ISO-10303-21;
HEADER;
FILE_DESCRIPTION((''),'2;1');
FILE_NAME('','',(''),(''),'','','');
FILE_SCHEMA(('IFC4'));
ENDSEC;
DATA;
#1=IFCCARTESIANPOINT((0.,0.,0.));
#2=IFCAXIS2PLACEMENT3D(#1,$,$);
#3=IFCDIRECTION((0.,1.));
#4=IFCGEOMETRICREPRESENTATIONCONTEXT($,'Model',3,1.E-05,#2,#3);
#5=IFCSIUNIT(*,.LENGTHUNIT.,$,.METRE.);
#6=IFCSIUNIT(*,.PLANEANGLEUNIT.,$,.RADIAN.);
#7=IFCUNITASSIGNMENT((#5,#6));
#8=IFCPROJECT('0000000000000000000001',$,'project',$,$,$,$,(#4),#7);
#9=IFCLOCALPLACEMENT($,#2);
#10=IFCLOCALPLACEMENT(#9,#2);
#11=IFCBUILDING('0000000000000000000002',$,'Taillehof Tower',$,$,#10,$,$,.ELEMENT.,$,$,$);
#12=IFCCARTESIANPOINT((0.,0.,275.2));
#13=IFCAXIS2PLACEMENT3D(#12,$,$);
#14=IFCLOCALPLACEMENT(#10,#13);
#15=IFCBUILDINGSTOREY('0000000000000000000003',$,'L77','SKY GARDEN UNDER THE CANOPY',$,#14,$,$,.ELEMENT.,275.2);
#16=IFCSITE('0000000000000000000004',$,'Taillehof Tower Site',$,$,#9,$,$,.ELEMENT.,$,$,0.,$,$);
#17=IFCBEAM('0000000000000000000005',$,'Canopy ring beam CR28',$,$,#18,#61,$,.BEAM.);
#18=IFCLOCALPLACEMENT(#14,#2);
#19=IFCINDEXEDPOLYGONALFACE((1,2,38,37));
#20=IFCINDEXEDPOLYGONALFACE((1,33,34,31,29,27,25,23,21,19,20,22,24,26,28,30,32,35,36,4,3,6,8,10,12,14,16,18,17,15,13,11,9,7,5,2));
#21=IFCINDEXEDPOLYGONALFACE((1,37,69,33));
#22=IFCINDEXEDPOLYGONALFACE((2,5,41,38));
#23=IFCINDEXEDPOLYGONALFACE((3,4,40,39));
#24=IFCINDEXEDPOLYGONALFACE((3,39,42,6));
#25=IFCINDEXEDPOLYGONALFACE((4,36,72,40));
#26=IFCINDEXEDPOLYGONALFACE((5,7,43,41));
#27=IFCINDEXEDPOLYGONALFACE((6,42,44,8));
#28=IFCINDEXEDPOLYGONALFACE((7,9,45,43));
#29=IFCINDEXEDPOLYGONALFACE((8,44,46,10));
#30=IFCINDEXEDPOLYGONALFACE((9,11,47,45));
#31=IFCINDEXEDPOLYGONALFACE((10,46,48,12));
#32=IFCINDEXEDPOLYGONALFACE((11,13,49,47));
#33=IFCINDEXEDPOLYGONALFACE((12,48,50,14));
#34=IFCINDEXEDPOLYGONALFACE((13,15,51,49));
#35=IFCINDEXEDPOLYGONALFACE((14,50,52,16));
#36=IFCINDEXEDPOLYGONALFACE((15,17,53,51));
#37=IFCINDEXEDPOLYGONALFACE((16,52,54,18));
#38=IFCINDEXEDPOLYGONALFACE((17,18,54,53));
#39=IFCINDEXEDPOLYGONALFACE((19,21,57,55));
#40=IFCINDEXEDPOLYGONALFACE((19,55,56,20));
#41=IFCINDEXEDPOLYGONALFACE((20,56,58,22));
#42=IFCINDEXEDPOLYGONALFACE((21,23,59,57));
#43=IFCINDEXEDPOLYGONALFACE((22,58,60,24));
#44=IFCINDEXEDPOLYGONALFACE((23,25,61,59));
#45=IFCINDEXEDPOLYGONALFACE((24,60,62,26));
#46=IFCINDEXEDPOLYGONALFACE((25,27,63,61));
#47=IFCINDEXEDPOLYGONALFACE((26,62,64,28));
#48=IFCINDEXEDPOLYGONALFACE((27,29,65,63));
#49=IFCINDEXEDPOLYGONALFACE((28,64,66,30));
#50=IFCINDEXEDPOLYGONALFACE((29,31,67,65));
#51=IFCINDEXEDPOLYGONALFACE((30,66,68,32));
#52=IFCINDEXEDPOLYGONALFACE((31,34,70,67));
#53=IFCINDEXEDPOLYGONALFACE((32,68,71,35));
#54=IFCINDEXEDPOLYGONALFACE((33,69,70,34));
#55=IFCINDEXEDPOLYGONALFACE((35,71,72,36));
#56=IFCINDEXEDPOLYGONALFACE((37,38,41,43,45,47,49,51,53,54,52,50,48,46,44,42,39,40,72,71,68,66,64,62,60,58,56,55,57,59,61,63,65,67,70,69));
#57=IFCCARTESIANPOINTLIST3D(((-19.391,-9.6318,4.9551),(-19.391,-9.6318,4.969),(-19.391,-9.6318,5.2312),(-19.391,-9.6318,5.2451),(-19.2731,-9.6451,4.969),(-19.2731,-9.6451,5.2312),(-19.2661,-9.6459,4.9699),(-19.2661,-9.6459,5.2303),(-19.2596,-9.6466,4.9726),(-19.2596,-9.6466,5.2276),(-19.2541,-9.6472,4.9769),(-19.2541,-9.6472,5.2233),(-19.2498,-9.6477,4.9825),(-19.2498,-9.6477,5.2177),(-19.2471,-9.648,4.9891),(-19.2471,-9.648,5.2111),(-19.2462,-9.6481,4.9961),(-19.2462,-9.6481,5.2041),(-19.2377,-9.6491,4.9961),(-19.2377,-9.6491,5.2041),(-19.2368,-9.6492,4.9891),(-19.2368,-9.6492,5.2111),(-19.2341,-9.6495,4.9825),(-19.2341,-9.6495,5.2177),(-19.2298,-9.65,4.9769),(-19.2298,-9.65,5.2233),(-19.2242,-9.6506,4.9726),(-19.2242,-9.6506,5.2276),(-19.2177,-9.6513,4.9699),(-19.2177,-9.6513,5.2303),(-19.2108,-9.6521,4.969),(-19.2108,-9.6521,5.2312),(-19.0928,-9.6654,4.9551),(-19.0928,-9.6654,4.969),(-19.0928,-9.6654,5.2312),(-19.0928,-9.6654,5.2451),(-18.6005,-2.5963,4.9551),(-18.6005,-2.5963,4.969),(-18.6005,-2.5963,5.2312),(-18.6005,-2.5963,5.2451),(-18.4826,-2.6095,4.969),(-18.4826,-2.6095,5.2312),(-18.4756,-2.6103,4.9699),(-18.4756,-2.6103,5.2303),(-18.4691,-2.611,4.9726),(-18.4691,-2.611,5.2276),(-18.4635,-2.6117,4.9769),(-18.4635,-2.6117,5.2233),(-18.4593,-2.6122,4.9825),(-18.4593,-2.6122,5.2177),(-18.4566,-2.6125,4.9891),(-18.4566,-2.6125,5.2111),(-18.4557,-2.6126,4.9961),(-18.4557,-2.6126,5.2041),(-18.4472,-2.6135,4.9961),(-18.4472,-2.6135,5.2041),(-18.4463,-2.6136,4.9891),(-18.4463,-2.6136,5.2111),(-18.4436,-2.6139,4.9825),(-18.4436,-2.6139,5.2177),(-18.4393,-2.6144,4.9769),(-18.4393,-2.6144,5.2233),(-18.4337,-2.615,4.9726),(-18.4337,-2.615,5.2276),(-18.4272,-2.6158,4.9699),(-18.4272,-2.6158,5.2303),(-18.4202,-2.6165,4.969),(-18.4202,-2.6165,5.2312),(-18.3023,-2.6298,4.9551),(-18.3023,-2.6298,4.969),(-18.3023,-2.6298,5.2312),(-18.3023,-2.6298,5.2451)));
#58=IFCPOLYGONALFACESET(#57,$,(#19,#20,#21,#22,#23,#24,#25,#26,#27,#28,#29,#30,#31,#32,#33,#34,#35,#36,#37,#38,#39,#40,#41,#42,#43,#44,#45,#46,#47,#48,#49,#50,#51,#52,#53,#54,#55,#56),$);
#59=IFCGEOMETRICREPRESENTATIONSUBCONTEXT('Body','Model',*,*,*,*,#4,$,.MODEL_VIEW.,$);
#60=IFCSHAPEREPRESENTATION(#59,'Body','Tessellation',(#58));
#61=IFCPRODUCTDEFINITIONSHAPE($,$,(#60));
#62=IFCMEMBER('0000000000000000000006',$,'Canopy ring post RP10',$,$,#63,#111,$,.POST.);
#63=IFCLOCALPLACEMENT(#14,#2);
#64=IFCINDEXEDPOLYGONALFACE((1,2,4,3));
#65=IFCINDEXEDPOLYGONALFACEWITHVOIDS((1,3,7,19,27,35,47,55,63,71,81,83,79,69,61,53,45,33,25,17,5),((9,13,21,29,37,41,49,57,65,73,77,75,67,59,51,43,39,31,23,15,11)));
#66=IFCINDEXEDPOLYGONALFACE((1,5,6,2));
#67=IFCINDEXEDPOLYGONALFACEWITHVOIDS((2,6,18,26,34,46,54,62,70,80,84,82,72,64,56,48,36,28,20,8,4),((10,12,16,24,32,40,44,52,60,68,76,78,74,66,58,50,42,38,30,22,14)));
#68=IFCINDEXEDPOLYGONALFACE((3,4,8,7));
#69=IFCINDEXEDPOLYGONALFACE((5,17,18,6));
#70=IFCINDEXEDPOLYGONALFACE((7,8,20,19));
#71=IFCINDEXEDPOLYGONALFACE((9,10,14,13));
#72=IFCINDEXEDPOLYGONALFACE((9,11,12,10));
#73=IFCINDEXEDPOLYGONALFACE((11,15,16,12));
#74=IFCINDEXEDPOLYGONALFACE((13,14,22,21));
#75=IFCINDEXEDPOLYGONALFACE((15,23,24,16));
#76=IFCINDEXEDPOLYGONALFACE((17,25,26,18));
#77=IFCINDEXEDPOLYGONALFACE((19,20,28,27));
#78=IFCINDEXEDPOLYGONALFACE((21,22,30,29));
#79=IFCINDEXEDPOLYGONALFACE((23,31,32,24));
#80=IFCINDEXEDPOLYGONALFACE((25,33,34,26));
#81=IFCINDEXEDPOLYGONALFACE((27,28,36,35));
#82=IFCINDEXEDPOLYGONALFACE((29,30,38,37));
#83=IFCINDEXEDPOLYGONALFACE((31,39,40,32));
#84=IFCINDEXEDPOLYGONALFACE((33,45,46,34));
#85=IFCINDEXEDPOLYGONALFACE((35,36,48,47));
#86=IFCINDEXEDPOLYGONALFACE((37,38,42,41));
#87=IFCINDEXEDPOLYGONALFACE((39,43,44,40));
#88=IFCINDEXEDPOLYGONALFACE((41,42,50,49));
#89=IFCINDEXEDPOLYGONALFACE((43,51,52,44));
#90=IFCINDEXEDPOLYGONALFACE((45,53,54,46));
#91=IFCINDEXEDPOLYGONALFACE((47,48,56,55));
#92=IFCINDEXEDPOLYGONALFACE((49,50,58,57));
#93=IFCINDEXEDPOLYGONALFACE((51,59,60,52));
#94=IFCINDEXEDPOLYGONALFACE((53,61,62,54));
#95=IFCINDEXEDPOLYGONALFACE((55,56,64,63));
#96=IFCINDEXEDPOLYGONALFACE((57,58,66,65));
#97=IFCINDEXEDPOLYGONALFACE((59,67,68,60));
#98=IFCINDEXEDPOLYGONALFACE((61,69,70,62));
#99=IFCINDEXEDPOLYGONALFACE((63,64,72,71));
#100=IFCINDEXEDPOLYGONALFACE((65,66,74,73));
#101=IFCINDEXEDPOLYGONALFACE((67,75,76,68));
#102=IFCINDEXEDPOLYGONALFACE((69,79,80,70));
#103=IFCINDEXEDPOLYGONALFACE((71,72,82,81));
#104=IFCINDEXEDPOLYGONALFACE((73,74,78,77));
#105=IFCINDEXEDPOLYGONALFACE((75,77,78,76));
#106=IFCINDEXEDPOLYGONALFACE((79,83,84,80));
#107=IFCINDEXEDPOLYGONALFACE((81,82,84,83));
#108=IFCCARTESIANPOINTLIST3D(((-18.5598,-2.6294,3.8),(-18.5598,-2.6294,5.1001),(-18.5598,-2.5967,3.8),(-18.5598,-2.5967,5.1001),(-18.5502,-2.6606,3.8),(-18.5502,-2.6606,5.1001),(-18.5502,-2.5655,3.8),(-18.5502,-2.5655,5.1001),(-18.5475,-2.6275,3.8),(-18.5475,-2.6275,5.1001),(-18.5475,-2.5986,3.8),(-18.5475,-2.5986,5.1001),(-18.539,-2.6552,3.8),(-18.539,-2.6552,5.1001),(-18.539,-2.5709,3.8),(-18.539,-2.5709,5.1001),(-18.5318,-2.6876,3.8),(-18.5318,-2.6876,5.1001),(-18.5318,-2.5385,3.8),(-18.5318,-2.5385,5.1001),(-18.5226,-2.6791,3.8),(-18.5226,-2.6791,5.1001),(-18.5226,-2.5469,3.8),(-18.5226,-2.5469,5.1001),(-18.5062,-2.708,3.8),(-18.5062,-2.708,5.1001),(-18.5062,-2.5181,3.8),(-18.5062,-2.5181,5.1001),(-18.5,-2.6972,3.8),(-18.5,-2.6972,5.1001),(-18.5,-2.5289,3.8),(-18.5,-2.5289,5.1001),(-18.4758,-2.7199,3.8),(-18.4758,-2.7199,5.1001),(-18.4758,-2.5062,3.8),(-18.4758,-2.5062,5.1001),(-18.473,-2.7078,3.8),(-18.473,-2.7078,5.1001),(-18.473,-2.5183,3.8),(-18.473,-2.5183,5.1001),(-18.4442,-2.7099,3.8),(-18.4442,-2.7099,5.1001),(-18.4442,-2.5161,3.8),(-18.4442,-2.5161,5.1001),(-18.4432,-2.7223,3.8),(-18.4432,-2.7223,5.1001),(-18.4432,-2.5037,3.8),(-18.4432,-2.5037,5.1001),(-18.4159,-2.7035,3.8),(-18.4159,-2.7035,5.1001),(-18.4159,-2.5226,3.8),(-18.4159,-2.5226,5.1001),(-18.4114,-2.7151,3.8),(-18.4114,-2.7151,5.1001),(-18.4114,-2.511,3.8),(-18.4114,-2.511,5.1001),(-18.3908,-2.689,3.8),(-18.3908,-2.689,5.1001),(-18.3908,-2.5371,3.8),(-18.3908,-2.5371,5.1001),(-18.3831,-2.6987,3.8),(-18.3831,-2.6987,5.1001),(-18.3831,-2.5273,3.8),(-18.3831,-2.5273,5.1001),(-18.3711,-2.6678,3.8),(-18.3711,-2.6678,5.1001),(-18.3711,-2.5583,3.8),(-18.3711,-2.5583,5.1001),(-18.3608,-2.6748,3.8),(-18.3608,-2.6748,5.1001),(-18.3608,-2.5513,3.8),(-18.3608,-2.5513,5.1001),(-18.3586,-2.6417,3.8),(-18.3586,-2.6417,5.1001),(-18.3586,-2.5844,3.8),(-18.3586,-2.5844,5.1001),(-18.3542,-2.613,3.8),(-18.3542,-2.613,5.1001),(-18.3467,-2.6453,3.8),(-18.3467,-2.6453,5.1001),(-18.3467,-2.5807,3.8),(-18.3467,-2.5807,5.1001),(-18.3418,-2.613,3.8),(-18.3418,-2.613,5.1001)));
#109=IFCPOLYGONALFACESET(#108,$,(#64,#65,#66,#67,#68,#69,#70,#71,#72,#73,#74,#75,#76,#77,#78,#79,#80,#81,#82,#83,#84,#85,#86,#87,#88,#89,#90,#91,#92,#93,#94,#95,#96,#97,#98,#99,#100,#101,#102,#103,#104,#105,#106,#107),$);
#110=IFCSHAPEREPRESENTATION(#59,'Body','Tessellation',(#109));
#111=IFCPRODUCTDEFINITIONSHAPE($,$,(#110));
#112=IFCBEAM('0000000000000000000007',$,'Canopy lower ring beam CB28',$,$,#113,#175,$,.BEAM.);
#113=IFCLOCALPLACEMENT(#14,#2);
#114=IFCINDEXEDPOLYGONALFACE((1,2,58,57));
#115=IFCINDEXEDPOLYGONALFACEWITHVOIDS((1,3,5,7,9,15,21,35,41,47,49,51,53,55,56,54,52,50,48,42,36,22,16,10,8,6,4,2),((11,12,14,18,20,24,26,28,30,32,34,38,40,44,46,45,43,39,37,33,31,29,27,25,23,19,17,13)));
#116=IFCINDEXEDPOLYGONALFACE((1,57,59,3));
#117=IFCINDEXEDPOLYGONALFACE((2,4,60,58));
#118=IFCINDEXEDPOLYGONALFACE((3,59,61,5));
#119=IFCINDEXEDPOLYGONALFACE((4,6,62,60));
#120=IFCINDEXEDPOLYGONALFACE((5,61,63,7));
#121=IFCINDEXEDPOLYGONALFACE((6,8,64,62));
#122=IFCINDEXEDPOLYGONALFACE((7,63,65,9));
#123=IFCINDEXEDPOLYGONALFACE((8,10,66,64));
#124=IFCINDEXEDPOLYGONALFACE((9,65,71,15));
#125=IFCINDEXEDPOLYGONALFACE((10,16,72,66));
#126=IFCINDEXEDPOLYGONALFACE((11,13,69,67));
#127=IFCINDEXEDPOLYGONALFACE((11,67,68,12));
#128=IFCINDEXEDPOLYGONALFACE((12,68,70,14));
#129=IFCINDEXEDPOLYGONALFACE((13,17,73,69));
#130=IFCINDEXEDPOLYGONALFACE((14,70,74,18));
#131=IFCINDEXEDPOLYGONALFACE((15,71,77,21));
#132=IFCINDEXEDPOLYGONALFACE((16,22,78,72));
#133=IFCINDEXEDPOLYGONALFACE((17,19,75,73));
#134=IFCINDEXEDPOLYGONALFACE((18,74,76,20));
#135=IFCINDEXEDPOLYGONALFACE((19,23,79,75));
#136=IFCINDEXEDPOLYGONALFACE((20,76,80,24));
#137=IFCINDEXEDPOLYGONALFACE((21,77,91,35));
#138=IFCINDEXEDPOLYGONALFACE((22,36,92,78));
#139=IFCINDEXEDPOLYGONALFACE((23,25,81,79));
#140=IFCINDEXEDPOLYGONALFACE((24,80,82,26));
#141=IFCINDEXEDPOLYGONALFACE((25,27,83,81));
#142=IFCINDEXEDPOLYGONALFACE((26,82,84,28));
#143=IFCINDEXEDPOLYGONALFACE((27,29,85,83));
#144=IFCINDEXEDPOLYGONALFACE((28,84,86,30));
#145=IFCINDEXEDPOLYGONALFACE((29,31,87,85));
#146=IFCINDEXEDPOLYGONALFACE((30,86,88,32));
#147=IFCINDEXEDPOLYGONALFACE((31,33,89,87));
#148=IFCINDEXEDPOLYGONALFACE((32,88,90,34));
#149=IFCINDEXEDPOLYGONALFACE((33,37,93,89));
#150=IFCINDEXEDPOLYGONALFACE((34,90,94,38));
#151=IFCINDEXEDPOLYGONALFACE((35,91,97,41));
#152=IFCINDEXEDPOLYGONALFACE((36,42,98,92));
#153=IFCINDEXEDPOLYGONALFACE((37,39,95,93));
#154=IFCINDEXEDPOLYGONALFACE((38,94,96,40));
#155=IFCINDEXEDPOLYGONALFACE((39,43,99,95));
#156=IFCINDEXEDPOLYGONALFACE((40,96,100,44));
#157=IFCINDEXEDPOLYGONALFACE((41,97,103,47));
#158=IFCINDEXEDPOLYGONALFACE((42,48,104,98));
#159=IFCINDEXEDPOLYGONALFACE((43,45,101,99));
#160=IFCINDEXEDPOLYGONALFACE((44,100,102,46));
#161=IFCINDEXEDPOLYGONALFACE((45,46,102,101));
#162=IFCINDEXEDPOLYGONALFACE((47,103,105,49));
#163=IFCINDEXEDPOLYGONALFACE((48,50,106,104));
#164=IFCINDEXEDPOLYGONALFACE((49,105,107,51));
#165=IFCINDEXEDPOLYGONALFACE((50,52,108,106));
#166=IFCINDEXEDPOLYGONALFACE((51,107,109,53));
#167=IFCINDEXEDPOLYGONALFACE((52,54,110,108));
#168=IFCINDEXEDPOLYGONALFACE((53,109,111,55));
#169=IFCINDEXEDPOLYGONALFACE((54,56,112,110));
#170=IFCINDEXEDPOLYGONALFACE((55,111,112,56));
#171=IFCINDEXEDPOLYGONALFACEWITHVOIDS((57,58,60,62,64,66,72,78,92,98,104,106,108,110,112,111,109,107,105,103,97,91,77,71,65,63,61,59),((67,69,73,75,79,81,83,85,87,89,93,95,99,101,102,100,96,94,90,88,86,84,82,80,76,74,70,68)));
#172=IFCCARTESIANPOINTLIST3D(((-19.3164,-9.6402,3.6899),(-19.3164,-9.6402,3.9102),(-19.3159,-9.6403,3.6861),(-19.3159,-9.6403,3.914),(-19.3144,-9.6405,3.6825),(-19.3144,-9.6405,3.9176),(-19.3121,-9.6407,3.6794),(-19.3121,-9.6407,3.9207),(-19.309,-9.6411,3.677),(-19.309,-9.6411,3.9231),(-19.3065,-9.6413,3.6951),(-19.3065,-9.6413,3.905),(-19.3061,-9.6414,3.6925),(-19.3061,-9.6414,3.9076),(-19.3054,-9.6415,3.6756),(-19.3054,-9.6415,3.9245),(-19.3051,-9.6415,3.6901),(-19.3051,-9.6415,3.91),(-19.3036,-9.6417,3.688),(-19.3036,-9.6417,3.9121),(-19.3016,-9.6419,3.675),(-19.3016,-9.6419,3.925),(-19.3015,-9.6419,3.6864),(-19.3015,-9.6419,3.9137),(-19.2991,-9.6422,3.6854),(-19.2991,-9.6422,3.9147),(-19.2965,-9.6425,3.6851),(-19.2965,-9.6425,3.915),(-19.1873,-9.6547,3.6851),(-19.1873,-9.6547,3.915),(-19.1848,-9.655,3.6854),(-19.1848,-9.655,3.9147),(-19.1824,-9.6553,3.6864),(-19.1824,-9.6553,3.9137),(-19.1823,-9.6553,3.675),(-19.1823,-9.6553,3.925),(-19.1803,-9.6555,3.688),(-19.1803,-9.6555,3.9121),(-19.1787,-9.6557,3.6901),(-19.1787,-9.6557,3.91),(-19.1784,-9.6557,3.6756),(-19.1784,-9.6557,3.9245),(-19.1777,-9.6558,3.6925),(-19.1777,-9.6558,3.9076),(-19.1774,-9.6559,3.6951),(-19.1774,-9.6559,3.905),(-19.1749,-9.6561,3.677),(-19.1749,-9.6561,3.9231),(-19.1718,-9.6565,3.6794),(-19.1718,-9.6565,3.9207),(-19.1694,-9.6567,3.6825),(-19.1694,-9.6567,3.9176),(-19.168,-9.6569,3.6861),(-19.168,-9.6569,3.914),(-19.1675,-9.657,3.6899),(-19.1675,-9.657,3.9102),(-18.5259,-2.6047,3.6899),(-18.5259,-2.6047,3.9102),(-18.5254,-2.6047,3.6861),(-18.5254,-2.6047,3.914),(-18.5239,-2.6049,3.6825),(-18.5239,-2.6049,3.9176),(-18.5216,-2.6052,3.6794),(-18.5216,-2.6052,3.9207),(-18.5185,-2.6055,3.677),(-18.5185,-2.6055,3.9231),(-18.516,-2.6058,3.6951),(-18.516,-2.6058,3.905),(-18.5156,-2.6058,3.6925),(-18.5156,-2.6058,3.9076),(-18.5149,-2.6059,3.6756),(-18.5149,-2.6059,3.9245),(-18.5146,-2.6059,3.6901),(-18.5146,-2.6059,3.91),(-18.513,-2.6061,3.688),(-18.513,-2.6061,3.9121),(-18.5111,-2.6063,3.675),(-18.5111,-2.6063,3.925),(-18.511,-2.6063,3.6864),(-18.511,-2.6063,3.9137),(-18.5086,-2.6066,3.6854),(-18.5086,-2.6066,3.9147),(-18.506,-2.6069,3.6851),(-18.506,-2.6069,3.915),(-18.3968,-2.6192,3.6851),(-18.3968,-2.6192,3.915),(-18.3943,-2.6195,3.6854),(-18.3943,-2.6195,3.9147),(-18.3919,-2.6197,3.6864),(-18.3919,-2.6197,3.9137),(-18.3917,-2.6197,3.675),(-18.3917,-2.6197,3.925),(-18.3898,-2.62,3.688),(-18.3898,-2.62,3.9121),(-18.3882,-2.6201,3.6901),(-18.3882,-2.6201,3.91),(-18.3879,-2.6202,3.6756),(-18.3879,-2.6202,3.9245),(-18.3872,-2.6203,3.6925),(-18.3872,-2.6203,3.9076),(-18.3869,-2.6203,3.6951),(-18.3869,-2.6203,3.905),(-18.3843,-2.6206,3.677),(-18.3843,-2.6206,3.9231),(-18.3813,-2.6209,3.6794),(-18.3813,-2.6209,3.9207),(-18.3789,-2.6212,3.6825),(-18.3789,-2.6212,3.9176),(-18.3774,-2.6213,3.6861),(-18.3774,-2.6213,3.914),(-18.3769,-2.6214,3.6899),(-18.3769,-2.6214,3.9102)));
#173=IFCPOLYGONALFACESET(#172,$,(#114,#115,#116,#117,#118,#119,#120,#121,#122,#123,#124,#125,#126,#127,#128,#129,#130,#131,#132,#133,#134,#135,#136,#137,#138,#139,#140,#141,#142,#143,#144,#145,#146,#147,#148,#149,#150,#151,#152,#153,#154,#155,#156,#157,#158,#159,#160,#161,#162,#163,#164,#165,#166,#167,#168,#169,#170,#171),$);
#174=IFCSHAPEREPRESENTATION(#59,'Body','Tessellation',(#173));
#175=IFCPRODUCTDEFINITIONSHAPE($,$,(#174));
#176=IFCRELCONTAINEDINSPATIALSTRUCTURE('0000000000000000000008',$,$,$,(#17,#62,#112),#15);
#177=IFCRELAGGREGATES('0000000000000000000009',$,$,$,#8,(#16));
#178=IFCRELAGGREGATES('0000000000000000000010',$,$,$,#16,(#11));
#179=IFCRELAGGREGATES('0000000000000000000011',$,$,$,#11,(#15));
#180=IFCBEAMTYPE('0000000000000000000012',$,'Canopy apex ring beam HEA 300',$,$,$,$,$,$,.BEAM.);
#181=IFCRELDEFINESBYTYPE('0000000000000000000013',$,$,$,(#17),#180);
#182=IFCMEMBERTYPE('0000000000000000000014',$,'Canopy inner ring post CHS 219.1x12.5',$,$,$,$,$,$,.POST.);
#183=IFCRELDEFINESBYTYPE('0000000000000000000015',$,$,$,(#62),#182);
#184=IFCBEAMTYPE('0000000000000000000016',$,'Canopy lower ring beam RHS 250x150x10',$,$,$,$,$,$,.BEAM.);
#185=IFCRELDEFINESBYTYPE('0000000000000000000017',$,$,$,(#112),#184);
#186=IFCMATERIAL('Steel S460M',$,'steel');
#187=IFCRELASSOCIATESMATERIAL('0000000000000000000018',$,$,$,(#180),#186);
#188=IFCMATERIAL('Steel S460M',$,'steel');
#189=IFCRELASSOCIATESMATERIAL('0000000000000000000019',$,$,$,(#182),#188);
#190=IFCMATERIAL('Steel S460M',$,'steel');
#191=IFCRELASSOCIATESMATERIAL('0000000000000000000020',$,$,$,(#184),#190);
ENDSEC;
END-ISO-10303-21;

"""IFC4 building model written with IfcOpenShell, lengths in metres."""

from ifc_helpers import new_model, si_unit, direction, frame, origin, origin_2d, place, context, subcontext, project, spatial, hollow_rectangle, hollow_circle, i_section, extrude, material, material_profile, profile_set, type_object, element, save


model = new_model("IFC4")

# Units and contexts
model_context = context("Model", 3, precision=1e-05, world=origin(), true_north=direction((0.0, 1.0)))
body_context = subcontext(model_context, "Body", "Model", "MODEL_VIEW")
ifc_project = project(units=[si_unit("LENGTHUNIT", "METRE"), si_unit("PLANEANGLEUNIT", "RADIAN")], contexts=[model_context])

# Site, building, storey
site_placement = place(None, origin())
site = spatial("IfcSite", under=ifc_project, at=site_placement, Name="Taillehof Tower Site", CompositionType="ELEMENT", RefElevation=0.0)
building_placement = place(site_placement, origin())
building = spatial("IfcBuilding", under=site, at=building_placement, Name="Taillehof Tower", CompositionType="ELEMENT")
storey_placement = place(building_placement, frame((0.0, 0.0, 275.2)))
storey = spatial("IfcBuildingStorey", under=building, at=storey_placement, Name="L77", Description="SKY GARDEN UNDER THE CANOPY", CompositionType="ELEMENT", Elevation=275.2)

# Beam
ifc_material_1 = material(Name="Steel S460M", Category="steel")
ifc_material_profile_1 = material_profile(ifc_material_1, i_section(OverallWidth=0.3, OverallDepth=0.29, WebThickness=0.0085, FlangeThickness=0.0139, FilletRadius=0.0271, at=origin_2d()), Name="HEA 300")
ifc_profile_set_1 = profile_set([ifc_material_profile_1], Name="Steel S460M")
beam_type_1 = type_object("IfcBeamType", Name="Canopy apex ring beam HEA 300", PredefinedType="BEAM", material=ifc_profile_set_1)
beam_1_placement = place(storey_placement, frame((-18.4514, -2.613, 5.1001), z_axis=(-0.111658, -0.993747, 0.0), x_axis=(0.993747, -0.111658, 0.0)))
element("IfcBeam", 1, at=beam_1_placement, inside=storey, type_object=beam_type_1, Name="Canopy ring beam CR28", PredefinedType="BEAM", context=body_context, shape_type="SweptSolid", body=[
    extrude(i_section(OverallWidth=0.3, OverallDepth=0.29, WebThickness=0.0085, FlangeThickness=0.0139, FilletRadius=0.0271, at=origin_2d()), origin(), (0.0, 0.0, 1.0), 7.0798),
])

# Member
ifc_material_2 = material(Name="Steel S460M", Category="steel")
ifc_material_profile_2 = material_profile(ifc_material_2, hollow_circle(Radius=0.1096, WallThickness=0.0125, at=origin_2d()), Name="CHS 219.1x12.5")
ifc_profile_set_2 = profile_set([ifc_material_profile_2], Name="Steel S460M")
member_type_1 = type_object("IfcMemberType", Name="Canopy inner ring post CHS 219.1x12.5", PredefinedType="POST", material=ifc_profile_set_2)
member_1_placement = place(storey_placement, frame((-18.4514, -2.613, 3.8), z_axis=(0.0, 0.0, 1.0), x_axis=(1.0, 0.0, 0.0)))
element("IfcMember", 2, at=member_1_placement, inside=storey, type_object=member_type_1, Name="Canopy ring post RP10", PredefinedType="POST", context=body_context, shape_type="SweptSolid", body=[
    extrude(hollow_circle(Radius=0.1096, WallThickness=0.0125, at=origin_2d()), origin(), (0.0, 0.0, 1.0), 1.3),
])

# Beam
ifc_material_3 = material(Name="Steel S460M", Category="steel")
ifc_material_profile_3 = material_profile(ifc_material_3, hollow_rectangle(XDim=0.1499, YDim=0.25, WallThickness=0.01, InnerFilletRadius=0.01, OuterFilletRadius=0.0149, at=origin_2d()), Name="RHS 250x150x10")
ifc_profile_set_3 = profile_set([ifc_material_profile_3], Name="Steel S460M")
beam_type_2 = type_object("IfcBeamType", Name="Canopy lower ring beam RHS 250x150x10", PredefinedType="BEAM", material=ifc_profile_set_3)
beam_2_placement = place(storey_placement, frame((-18.4514, -2.613, 3.8), z_axis=(-0.111658, -0.993747, 0.0), x_axis=(0.993747, -0.111658, 0.0)))
element("IfcBeam", 3, at=beam_2_placement, inside=storey, type_object=beam_type_2, Name="Canopy lower ring beam CB28", PredefinedType="BEAM", context=body_context, shape_type="SweptSolid", body=[
    extrude(hollow_rectangle(XDim=0.1499, YDim=0.25, WallThickness=0.01, InnerFilletRadius=0.01, OuterFilletRadius=0.0149, at=origin_2d()), origin(), (0.0, 0.0, 1.0), 7.0798),
])

save(model, "model.ifc")
